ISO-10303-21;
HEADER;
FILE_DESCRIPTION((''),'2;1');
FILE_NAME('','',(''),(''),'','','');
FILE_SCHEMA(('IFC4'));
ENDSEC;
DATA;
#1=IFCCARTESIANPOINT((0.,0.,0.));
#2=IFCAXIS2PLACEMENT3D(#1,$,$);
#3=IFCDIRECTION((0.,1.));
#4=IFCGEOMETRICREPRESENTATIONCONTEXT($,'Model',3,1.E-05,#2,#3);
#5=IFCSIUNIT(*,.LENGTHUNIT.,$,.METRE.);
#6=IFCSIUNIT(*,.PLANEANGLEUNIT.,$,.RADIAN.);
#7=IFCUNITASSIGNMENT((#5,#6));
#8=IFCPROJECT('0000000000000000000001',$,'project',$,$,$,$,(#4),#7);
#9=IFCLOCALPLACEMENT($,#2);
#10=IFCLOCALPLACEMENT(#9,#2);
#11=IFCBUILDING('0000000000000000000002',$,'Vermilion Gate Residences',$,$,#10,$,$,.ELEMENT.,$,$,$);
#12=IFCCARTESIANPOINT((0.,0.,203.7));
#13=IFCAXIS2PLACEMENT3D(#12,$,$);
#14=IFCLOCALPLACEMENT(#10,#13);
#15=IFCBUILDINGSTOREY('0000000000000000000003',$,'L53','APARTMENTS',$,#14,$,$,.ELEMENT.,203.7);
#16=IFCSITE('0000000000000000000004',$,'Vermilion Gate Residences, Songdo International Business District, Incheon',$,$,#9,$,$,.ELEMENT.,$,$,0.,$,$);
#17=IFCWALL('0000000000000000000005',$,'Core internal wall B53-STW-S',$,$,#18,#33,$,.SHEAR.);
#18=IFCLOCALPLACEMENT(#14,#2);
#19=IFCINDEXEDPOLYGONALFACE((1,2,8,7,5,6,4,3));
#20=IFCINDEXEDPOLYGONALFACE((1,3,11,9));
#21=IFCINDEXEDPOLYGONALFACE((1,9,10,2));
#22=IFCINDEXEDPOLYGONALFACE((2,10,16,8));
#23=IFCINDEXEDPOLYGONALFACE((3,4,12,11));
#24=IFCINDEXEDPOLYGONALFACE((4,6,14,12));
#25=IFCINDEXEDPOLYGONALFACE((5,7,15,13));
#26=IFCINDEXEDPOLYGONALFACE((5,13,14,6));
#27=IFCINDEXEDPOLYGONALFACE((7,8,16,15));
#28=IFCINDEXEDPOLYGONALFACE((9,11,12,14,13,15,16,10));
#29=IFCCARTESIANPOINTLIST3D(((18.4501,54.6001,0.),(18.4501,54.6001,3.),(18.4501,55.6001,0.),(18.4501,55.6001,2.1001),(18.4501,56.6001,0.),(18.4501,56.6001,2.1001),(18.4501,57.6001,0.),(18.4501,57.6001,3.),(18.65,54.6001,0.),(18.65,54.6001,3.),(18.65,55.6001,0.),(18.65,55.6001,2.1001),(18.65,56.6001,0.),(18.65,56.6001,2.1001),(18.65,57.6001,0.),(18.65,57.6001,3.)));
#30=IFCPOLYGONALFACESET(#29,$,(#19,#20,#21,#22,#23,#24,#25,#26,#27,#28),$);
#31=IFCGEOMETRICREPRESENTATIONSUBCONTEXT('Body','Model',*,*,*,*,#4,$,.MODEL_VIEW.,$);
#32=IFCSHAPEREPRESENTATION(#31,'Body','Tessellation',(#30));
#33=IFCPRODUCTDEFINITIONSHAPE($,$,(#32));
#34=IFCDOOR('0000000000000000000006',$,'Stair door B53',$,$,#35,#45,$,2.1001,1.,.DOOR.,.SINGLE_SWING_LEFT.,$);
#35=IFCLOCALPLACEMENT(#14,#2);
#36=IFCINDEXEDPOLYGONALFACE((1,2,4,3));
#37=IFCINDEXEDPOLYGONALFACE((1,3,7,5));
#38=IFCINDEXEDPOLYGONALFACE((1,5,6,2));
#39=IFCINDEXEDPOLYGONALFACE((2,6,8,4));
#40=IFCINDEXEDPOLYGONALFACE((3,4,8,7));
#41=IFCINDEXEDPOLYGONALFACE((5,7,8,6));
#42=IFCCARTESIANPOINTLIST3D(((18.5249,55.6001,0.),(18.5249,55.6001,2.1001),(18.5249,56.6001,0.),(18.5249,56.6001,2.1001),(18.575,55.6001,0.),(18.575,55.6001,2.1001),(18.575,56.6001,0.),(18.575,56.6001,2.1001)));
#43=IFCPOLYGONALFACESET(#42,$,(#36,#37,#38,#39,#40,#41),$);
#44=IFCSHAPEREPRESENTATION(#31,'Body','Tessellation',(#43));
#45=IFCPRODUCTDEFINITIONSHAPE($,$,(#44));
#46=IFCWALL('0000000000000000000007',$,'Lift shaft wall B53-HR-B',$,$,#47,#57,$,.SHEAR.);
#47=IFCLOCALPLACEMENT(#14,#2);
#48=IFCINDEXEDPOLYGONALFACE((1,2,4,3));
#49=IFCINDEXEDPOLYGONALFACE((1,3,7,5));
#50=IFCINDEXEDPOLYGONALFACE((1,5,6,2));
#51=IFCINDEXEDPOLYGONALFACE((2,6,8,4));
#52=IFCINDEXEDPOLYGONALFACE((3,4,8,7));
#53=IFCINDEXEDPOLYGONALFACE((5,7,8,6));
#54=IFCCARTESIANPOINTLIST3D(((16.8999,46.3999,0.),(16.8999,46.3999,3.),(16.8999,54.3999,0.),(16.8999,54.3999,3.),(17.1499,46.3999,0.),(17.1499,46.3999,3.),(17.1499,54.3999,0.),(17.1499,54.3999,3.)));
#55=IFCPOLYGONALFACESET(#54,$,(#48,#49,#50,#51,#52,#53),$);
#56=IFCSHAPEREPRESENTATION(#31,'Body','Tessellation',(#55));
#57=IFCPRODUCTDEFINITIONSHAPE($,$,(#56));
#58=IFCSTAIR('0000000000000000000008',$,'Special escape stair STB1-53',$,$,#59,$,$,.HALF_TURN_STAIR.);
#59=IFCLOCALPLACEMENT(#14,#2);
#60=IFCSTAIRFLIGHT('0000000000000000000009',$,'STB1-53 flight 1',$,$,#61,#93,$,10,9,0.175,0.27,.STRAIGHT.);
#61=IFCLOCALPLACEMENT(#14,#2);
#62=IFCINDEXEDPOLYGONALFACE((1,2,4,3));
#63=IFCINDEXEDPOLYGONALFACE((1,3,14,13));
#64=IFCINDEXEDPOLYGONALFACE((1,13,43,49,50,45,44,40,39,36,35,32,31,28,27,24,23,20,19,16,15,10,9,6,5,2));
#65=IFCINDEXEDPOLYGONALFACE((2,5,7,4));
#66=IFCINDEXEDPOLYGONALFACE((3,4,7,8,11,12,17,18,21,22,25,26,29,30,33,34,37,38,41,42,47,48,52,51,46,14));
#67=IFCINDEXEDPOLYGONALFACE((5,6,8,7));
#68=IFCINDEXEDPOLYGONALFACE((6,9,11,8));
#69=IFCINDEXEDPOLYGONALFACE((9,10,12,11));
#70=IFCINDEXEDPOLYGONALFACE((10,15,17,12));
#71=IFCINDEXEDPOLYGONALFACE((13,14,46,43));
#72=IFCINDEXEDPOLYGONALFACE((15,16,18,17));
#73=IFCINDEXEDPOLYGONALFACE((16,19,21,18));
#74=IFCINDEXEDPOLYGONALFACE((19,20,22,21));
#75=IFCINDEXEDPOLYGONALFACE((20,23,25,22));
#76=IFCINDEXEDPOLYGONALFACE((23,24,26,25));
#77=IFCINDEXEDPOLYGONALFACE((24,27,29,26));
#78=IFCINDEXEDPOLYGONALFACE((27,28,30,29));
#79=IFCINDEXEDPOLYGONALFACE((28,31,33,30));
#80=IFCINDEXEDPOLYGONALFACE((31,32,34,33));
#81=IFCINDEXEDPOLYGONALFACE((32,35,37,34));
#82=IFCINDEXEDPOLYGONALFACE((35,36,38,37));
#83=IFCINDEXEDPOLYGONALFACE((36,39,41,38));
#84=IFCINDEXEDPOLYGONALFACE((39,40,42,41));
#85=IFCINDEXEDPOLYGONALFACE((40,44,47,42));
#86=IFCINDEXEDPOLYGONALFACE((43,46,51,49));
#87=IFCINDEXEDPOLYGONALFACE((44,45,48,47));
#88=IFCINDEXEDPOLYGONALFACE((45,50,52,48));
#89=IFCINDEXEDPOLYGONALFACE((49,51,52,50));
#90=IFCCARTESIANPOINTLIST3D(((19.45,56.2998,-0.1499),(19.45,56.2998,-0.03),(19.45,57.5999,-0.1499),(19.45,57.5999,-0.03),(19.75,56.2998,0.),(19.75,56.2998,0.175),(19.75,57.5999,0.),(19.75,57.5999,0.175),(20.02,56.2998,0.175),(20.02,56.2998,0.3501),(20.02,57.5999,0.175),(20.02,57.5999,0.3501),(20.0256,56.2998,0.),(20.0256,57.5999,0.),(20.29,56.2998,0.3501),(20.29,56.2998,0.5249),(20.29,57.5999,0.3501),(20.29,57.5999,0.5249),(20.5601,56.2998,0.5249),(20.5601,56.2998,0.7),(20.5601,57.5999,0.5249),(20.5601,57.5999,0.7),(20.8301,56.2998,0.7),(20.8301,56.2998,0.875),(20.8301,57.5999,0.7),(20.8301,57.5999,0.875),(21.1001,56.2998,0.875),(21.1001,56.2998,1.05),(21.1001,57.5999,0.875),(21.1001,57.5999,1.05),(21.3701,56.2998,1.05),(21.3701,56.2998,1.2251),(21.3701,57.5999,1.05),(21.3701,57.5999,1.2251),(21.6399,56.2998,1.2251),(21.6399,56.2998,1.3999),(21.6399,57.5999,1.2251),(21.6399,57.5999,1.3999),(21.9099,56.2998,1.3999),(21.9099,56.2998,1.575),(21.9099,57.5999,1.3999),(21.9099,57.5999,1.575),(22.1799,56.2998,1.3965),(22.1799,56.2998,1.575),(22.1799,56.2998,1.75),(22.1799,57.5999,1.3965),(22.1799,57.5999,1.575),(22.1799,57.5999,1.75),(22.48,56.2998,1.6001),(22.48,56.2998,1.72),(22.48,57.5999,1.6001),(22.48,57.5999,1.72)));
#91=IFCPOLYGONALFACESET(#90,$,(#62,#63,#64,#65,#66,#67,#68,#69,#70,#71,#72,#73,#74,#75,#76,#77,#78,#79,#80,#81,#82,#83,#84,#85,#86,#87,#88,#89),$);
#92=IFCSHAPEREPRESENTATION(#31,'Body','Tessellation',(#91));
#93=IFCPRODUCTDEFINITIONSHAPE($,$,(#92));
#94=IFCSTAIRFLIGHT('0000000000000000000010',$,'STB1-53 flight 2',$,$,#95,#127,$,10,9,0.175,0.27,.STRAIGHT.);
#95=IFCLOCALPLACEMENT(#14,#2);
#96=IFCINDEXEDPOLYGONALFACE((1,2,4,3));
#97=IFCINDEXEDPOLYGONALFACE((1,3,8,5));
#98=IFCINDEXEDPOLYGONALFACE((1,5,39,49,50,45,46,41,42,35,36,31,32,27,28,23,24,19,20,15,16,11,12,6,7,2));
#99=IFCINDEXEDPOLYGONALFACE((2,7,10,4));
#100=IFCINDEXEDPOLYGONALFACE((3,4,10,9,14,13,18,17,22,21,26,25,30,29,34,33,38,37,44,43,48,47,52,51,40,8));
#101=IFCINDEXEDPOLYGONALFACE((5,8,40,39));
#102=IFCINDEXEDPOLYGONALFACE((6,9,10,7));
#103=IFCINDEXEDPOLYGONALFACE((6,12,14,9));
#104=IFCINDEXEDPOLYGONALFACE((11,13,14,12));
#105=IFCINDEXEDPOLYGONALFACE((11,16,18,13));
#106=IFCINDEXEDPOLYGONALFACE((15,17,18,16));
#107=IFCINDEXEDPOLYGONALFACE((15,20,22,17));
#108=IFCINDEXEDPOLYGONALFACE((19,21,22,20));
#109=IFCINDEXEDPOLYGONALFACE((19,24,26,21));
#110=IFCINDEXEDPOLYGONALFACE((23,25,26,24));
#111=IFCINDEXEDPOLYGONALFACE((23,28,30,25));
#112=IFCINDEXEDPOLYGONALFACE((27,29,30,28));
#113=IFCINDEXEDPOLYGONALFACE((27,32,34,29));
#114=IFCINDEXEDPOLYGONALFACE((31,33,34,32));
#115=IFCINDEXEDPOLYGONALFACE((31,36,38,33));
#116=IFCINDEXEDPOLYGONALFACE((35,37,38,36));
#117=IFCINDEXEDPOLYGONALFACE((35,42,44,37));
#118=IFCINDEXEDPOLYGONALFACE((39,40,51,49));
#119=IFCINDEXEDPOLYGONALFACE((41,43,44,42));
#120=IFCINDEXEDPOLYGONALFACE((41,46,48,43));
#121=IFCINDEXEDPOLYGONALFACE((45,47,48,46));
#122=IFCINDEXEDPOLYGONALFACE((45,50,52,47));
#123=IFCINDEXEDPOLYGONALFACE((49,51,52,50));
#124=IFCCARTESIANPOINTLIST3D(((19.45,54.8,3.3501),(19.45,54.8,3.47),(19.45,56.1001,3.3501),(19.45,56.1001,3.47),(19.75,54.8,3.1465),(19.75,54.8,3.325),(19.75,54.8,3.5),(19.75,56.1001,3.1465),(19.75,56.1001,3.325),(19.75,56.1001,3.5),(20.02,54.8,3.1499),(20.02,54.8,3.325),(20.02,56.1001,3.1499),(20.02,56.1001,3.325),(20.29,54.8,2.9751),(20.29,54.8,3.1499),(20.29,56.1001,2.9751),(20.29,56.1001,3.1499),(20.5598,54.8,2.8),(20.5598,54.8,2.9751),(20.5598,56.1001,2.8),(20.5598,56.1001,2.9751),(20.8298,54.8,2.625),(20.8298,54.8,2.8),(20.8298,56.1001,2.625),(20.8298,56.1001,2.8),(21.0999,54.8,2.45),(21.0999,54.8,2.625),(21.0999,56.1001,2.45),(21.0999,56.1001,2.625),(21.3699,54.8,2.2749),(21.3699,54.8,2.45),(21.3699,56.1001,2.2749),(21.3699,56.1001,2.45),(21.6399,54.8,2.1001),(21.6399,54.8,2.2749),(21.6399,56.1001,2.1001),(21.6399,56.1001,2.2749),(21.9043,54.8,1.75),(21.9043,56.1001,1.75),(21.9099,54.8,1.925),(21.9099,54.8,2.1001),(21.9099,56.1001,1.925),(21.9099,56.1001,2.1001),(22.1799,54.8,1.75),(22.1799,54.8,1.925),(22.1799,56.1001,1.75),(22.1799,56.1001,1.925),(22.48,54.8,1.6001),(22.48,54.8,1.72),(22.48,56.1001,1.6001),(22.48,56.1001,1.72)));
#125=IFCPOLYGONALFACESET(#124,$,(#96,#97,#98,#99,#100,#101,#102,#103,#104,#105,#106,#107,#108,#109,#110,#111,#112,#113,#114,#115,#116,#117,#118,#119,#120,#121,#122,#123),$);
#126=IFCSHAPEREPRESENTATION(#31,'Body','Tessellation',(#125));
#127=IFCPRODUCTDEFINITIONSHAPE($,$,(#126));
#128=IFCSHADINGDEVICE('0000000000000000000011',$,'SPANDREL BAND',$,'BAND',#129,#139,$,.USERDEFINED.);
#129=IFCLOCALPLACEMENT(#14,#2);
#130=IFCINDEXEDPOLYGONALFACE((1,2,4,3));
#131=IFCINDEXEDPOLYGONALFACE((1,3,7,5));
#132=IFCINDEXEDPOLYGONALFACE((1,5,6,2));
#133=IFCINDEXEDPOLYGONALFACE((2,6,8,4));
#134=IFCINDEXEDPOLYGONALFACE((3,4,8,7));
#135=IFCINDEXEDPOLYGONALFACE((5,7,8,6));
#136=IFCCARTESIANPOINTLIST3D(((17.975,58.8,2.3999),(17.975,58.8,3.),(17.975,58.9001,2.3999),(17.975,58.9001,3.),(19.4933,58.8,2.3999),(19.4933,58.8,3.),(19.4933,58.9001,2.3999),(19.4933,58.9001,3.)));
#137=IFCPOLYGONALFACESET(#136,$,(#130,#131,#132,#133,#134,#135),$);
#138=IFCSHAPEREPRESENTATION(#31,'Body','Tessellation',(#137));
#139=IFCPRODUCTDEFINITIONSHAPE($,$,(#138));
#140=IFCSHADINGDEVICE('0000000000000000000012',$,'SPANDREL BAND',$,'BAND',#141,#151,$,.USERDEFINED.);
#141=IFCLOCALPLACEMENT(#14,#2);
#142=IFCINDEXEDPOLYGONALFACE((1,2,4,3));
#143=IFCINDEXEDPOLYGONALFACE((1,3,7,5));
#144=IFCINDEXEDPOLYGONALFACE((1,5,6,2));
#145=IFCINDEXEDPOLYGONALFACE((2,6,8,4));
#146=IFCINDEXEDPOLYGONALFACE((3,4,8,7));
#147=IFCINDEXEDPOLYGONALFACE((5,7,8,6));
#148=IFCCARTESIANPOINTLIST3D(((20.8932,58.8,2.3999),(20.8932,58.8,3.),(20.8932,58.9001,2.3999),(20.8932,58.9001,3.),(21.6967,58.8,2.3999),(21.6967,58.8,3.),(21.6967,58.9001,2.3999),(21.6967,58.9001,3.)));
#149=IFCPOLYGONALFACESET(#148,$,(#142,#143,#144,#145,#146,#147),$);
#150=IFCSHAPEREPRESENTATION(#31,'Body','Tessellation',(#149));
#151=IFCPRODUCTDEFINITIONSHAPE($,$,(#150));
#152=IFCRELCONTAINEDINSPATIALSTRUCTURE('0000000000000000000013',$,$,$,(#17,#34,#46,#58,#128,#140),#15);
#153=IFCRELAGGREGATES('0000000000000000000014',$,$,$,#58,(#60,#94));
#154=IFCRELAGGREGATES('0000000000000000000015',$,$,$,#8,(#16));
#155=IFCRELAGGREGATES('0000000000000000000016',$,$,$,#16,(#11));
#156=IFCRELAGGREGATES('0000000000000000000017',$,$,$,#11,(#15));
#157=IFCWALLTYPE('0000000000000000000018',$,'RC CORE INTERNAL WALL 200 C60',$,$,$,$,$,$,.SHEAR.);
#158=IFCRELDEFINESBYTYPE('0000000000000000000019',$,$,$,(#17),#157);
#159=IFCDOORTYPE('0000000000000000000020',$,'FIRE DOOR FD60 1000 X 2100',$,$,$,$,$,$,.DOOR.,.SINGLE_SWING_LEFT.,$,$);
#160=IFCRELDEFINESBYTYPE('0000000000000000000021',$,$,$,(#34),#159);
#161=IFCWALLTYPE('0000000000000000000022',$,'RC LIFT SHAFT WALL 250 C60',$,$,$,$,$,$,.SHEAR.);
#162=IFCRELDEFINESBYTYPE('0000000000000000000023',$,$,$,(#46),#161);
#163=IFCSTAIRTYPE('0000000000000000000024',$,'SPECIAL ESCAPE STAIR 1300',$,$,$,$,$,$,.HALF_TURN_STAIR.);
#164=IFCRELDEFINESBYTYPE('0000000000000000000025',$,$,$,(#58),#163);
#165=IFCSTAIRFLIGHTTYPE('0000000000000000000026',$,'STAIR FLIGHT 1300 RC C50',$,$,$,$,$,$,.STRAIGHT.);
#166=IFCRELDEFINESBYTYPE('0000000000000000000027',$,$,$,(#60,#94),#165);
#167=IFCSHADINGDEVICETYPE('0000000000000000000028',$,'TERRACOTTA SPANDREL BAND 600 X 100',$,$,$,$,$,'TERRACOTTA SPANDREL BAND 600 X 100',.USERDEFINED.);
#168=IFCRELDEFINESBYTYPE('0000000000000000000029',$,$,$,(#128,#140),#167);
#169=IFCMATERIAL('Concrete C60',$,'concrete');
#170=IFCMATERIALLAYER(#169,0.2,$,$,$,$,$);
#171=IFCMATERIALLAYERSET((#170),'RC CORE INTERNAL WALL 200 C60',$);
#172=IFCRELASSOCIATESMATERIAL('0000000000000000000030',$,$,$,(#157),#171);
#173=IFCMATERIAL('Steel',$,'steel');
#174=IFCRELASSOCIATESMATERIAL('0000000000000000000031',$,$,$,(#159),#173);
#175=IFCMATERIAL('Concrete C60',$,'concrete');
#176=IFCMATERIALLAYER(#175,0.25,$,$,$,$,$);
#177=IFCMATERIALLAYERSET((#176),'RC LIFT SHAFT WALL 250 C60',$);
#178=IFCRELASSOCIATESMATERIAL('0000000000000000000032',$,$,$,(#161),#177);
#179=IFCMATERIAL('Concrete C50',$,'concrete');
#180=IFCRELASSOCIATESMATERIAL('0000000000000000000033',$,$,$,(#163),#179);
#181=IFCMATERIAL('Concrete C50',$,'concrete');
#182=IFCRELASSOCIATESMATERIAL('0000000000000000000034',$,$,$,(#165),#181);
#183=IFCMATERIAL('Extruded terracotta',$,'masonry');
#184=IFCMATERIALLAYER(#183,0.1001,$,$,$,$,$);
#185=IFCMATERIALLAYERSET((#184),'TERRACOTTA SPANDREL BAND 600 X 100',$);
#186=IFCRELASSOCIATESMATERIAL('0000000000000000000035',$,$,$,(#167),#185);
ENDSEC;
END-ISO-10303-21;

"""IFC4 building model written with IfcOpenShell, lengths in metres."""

from ifc_helpers import new_model, si_unit, direction, frame, frame_2d, origin, origin_2d, place, context, subcontext, project, spatial, polyline, rectangle, outline, extrude, material, layer, layer_set, type_object, element, fill, aggregate, save


model = new_model("IFC4")

# Units and contexts
model_context = context("Model", 3, precision=1e-05, world=origin(), true_north=direction((0.0, 1.0)))
body_context = subcontext(model_context, "Body", "Model", "MODEL_VIEW")
ifc_project = project(units=[si_unit("LENGTHUNIT", "METRE"), si_unit("PLANEANGLEUNIT", "RADIAN")], contexts=[model_context])

# Site, building, storey
site_placement = place(None, origin())
site = spatial("IfcSite", under=ifc_project, at=site_placement, Name="Vermilion Gate Residences, Songdo International Business District, Incheon", CompositionType="ELEMENT", RefElevation=0.0)
building_placement = place(site_placement, origin())
building = spatial("IfcBuilding", under=site, at=building_placement, Name="Vermilion Gate Residences", CompositionType="ELEMENT")
storey_placement = place(building_placement, frame((0.0, 0.0, 203.7)))
storey = spatial("IfcBuildingStorey", under=building, at=storey_placement, Name="L53", Description="APARTMENTS", CompositionType="ELEMENT", Elevation=203.7)

# Shared definitions
ifc_material_1 = material(Name="Concrete C60", Category="concrete")
ifc_layer_1 = layer(ifc_material_1, 0.2)
ifc_layer_set_1 = layer_set([ifc_layer_1], Name="RC CORE INTERNAL WALL 200 C60")
wall_type_1 = type_object("IfcWallType", Name="RC CORE INTERNAL WALL 200 C60", PredefinedType="SHEAR", material=ifc_layer_set_1)

# Wall, opening, door
wall_1_placement = place(storey_placement, frame((18.55, 57.6001, 0.0), z_axis=(0.0, 0.0, 1.0), x_axis=(0.0, -1.0, 0.0)))
wall_1 = element("IfcWall", 1, at=wall_1_placement, inside=storey, type_object=wall_type_1, Name="Core internal wall B53-STW-S", PredefinedType="SHEAR", context=body_context, shape_type="SweptSolid", body=[
    extrude(rectangle(XDim=3.0, YDim=0.2, at=frame_2d((1.5, 0.0))), origin(), (0.0, 0.0, 1.0), 3.0),
])
opening_1_placement = place(wall_1_placement, frame((1.0, 0.0, 0.0)))
opening_1 = element("IfcOpeningElement", 2, at=opening_1_placement, cuts=wall_1, PredefinedType="OPENING", context=body_context, shape_type="SweptSolid", body=[
    extrude(rectangle(XDim=1.0, YDim=2.1001, at=frame_2d((0.5, 1.05))), frame((0.0, 0.1099, 0.0), z_axis=(0.0, -1.0, 0.0), x_axis=(1.0, 0.0, 0.0)), (0.0, 0.0, 1.0), 0.22),
])
ifc_material_2 = material(Name="Steel", Category="steel")
door_type_1 = type_object("IfcDoorType", Name="FIRE DOOR FD60 1000 X 2100", OperationType="SINGLE_SWING_LEFT", PredefinedType="DOOR", material=ifc_material_2)
door_1_placement = place(opening_1_placement, origin())
door_1 = element("IfcDoor", 3, at=door_1_placement, inside=storey, type_object=door_type_1, Name="Stair door B53", OperationType="SINGLE_SWING_LEFT", OverallHeight=2.1001, OverallWidth=1.0, PredefinedType="DOOR", context=body_context, shape_type="SweptSolid", body=[
    extrude(rectangle(XDim=1.0, YDim=2.1001, at=frame_2d((0.5, 1.05))), frame((0.0, 0.0249, 0.0), z_axis=(0.0, -1.0, 0.0), x_axis=(1.0, 0.0, 0.0)), (0.0, 0.0, 1.0), 0.05),
])
fill(opening_1, door_1)

# Wall
ifc_material_3 = material(Name="Concrete C60", Category="concrete")
ifc_layer_2 = layer(ifc_material_3, 0.25)
ifc_layer_set_2 = layer_set([ifc_layer_2], Name="RC LIFT SHAFT WALL 250 C60")
wall_type_2 = type_object("IfcWallType", Name="RC LIFT SHAFT WALL 250 C60", PredefinedType="SHEAR", material=ifc_layer_set_2)
wall_2_placement = place(storey_placement, frame((17.0249, 54.3999, 0.0), z_axis=(0.0, 0.0, 1.0), x_axis=(0.0, -1.0, 0.0)))
element("IfcWall", 4, at=wall_2_placement, inside=storey, type_object=wall_type_2, Name="Lift shaft wall B53-HR-B", PredefinedType="SHEAR", context=body_context, shape_type="SweptSolid", body=[
    extrude(rectangle(XDim=8.0, YDim=0.25, at=frame_2d((4.0, 0.0))), origin(), (0.0, 0.0, 1.0), 3.0),
])

# Stair, stair flights
ifc_material_4 = material(Name="Concrete C50", Category="concrete")
stair_type = type_object("IfcStairType", Name="SPECIAL ESCAPE STAIR 1300", PredefinedType="HALF_TURN_STAIR", material=ifc_material_4)
stair_placement = place(storey_placement, origin())
stair = element("IfcStair", 5, at=stair_placement, inside=storey, type_object=stair_type, Name="Special escape stair STB1-53", PredefinedType="HALF_TURN_STAIR")
ifc_material_5 = material(Name="Concrete C50", Category="concrete")
stair_flight_type = type_object("IfcStairFlightType", Name="STAIR FLIGHT 1300 RC C50", PredefinedType="STRAIGHT", material=ifc_material_5)
stair_flight_1_placement = place(storey_placement, frame((19.75, 56.95, 0.0), z_axis=(0.0, 0.0, 1.0), x_axis=(1.0, 0.0, 0.0)))
stair_flight_1 = element("IfcStairFlight", 6, at=stair_flight_1_placement, type_object=stair_flight_type, Name="STB1-53 flight 1", NumberOfRisers=10, NumberOfTreads=9, PredefinedType="STRAIGHT", RiserHeight=0.175, TreadLength=0.27, context=body_context, shape_type="SweptSolid", body=[
    extrude(outline(polyline([(-0.3, -0.1499), (-0.3, -0.03), (0.0, 0.0), (0.0, 0.175), (0.27, 0.175), (0.27, 0.3501), (0.54, 0.3501), (0.54, 0.5249), (0.8101, 0.5249), (0.8101, 0.7), (1.0801, 0.7), (1.0801, 0.875), (1.3501, 0.875), (1.3501, 1.05), (1.6201, 1.05), (1.6201, 1.2251), (1.8899, 1.2251), (1.8899, 1.3999), (2.1599, 1.3999), (2.1599, 1.575), (2.4299, 1.575), (2.4299, 1.75), (2.73, 1.72), (2.73, 1.6001), (2.4299, 1.3965), (0.2756, 0.0), (-0.3, -0.1499)])), frame((0.0, 0.6499, 0.0), z_axis=(0.0, -1.0, 0.0), x_axis=(1.0, 0.0, 0.0)), (0.0, 0.0, 1.0), 1.3),
])
stair_flight_2_placement = place(storey_placement, frame((22.1799, 55.45, 1.75), z_axis=(0.0, 0.0, 1.0), x_axis=(-1.0, 0.0, 0.0)))
stair_flight_2 = element("IfcStairFlight", 7, at=stair_flight_2_placement, type_object=stair_flight_type, Name="STB1-53 flight 2", NumberOfRisers=10, NumberOfTreads=9, PredefinedType="STRAIGHT", RiserHeight=0.175, TreadLength=0.27, context=body_context, shape_type="SweptSolid", body=[
    extrude(outline(polyline([(-0.3, -0.1499), (-0.3, -0.03), (0.0, 0.0), (0.0, 0.175), (0.27, 0.175), (0.27, 0.3501), (0.54, 0.3501), (0.54, 0.5249), (0.8101, 0.5249), (0.8101, 0.7), (1.0801, 0.7), (1.0801, 0.875), (1.3501, 0.875), (1.3501, 1.05), (1.6201, 1.05), (1.6201, 1.2251), (1.8899, 1.2251), (1.8899, 1.3999), (2.1599, 1.3999), (2.1599, 1.575), (2.4299, 1.575), (2.4299, 1.75), (2.73, 1.72), (2.73, 1.6001), (2.4299, 1.3965), (0.2756, 0.0), (-0.3, -0.1499)])), frame((0.0, 0.6499, 0.0), z_axis=(0.0, -1.0, 0.0), x_axis=(1.0, 0.0, 0.0)), (0.0, 0.0, 1.0), 1.3),
])
aggregate(stair, [stair_flight_1, stair_flight_2])

# Shading devices
ifc_material_6 = material(Name="Extruded terracotta", Category="masonry")
ifc_layer_3 = layer(ifc_material_6, 0.1001)
ifc_layer_set_3 = layer_set([ifc_layer_3], Name="TERRACOTTA SPANDREL BAND 600 X 100")
shading_device_type = type_object("IfcShadingDeviceType", Name="TERRACOTTA SPANDREL BAND 600 X 100", ElementType="TERRACOTTA SPANDREL BAND 600 X 100", PredefinedType="USERDEFINED", material=ifc_layer_set_3)
shading_device_1_placement = place(storey_placement, frame((18.7341, 58.8501, 2.3999), z_axis=(0.0, 0.0, 1.0), x_axis=(1.0, 0.0, 0.0)))
element("IfcShadingDevice", 8, at=shading_device_1_placement, inside=storey, type_object=shading_device_type, Name="SPANDREL BAND", ObjectType="BAND", PredefinedType="USERDEFINED", context=body_context, shape_type="SweptSolid", body=[
    extrude(rectangle(XDim=1.5183, YDim=0.1001, at=origin_2d()), origin(), (0.0, 0.0, 1.0), 0.6001),
])
shading_device_2_placement = place(storey_placement, frame((21.2949, 58.8501, 2.3999), z_axis=(0.0, 0.0, 1.0), x_axis=(1.0, 0.0, 0.0)))
element("IfcShadingDevice", 9, at=shading_device_2_placement, inside=storey, type_object=shading_device_type, Name="SPANDREL BAND", ObjectType="BAND", PredefinedType="USERDEFINED", context=body_context, shape_type="SweptSolid", body=[
    extrude(rectangle(XDim=0.8035, YDim=0.1001, at=origin_2d()), origin(), (0.0, 0.0, 1.0), 0.6001),
])

save(model, "model.ifc")
